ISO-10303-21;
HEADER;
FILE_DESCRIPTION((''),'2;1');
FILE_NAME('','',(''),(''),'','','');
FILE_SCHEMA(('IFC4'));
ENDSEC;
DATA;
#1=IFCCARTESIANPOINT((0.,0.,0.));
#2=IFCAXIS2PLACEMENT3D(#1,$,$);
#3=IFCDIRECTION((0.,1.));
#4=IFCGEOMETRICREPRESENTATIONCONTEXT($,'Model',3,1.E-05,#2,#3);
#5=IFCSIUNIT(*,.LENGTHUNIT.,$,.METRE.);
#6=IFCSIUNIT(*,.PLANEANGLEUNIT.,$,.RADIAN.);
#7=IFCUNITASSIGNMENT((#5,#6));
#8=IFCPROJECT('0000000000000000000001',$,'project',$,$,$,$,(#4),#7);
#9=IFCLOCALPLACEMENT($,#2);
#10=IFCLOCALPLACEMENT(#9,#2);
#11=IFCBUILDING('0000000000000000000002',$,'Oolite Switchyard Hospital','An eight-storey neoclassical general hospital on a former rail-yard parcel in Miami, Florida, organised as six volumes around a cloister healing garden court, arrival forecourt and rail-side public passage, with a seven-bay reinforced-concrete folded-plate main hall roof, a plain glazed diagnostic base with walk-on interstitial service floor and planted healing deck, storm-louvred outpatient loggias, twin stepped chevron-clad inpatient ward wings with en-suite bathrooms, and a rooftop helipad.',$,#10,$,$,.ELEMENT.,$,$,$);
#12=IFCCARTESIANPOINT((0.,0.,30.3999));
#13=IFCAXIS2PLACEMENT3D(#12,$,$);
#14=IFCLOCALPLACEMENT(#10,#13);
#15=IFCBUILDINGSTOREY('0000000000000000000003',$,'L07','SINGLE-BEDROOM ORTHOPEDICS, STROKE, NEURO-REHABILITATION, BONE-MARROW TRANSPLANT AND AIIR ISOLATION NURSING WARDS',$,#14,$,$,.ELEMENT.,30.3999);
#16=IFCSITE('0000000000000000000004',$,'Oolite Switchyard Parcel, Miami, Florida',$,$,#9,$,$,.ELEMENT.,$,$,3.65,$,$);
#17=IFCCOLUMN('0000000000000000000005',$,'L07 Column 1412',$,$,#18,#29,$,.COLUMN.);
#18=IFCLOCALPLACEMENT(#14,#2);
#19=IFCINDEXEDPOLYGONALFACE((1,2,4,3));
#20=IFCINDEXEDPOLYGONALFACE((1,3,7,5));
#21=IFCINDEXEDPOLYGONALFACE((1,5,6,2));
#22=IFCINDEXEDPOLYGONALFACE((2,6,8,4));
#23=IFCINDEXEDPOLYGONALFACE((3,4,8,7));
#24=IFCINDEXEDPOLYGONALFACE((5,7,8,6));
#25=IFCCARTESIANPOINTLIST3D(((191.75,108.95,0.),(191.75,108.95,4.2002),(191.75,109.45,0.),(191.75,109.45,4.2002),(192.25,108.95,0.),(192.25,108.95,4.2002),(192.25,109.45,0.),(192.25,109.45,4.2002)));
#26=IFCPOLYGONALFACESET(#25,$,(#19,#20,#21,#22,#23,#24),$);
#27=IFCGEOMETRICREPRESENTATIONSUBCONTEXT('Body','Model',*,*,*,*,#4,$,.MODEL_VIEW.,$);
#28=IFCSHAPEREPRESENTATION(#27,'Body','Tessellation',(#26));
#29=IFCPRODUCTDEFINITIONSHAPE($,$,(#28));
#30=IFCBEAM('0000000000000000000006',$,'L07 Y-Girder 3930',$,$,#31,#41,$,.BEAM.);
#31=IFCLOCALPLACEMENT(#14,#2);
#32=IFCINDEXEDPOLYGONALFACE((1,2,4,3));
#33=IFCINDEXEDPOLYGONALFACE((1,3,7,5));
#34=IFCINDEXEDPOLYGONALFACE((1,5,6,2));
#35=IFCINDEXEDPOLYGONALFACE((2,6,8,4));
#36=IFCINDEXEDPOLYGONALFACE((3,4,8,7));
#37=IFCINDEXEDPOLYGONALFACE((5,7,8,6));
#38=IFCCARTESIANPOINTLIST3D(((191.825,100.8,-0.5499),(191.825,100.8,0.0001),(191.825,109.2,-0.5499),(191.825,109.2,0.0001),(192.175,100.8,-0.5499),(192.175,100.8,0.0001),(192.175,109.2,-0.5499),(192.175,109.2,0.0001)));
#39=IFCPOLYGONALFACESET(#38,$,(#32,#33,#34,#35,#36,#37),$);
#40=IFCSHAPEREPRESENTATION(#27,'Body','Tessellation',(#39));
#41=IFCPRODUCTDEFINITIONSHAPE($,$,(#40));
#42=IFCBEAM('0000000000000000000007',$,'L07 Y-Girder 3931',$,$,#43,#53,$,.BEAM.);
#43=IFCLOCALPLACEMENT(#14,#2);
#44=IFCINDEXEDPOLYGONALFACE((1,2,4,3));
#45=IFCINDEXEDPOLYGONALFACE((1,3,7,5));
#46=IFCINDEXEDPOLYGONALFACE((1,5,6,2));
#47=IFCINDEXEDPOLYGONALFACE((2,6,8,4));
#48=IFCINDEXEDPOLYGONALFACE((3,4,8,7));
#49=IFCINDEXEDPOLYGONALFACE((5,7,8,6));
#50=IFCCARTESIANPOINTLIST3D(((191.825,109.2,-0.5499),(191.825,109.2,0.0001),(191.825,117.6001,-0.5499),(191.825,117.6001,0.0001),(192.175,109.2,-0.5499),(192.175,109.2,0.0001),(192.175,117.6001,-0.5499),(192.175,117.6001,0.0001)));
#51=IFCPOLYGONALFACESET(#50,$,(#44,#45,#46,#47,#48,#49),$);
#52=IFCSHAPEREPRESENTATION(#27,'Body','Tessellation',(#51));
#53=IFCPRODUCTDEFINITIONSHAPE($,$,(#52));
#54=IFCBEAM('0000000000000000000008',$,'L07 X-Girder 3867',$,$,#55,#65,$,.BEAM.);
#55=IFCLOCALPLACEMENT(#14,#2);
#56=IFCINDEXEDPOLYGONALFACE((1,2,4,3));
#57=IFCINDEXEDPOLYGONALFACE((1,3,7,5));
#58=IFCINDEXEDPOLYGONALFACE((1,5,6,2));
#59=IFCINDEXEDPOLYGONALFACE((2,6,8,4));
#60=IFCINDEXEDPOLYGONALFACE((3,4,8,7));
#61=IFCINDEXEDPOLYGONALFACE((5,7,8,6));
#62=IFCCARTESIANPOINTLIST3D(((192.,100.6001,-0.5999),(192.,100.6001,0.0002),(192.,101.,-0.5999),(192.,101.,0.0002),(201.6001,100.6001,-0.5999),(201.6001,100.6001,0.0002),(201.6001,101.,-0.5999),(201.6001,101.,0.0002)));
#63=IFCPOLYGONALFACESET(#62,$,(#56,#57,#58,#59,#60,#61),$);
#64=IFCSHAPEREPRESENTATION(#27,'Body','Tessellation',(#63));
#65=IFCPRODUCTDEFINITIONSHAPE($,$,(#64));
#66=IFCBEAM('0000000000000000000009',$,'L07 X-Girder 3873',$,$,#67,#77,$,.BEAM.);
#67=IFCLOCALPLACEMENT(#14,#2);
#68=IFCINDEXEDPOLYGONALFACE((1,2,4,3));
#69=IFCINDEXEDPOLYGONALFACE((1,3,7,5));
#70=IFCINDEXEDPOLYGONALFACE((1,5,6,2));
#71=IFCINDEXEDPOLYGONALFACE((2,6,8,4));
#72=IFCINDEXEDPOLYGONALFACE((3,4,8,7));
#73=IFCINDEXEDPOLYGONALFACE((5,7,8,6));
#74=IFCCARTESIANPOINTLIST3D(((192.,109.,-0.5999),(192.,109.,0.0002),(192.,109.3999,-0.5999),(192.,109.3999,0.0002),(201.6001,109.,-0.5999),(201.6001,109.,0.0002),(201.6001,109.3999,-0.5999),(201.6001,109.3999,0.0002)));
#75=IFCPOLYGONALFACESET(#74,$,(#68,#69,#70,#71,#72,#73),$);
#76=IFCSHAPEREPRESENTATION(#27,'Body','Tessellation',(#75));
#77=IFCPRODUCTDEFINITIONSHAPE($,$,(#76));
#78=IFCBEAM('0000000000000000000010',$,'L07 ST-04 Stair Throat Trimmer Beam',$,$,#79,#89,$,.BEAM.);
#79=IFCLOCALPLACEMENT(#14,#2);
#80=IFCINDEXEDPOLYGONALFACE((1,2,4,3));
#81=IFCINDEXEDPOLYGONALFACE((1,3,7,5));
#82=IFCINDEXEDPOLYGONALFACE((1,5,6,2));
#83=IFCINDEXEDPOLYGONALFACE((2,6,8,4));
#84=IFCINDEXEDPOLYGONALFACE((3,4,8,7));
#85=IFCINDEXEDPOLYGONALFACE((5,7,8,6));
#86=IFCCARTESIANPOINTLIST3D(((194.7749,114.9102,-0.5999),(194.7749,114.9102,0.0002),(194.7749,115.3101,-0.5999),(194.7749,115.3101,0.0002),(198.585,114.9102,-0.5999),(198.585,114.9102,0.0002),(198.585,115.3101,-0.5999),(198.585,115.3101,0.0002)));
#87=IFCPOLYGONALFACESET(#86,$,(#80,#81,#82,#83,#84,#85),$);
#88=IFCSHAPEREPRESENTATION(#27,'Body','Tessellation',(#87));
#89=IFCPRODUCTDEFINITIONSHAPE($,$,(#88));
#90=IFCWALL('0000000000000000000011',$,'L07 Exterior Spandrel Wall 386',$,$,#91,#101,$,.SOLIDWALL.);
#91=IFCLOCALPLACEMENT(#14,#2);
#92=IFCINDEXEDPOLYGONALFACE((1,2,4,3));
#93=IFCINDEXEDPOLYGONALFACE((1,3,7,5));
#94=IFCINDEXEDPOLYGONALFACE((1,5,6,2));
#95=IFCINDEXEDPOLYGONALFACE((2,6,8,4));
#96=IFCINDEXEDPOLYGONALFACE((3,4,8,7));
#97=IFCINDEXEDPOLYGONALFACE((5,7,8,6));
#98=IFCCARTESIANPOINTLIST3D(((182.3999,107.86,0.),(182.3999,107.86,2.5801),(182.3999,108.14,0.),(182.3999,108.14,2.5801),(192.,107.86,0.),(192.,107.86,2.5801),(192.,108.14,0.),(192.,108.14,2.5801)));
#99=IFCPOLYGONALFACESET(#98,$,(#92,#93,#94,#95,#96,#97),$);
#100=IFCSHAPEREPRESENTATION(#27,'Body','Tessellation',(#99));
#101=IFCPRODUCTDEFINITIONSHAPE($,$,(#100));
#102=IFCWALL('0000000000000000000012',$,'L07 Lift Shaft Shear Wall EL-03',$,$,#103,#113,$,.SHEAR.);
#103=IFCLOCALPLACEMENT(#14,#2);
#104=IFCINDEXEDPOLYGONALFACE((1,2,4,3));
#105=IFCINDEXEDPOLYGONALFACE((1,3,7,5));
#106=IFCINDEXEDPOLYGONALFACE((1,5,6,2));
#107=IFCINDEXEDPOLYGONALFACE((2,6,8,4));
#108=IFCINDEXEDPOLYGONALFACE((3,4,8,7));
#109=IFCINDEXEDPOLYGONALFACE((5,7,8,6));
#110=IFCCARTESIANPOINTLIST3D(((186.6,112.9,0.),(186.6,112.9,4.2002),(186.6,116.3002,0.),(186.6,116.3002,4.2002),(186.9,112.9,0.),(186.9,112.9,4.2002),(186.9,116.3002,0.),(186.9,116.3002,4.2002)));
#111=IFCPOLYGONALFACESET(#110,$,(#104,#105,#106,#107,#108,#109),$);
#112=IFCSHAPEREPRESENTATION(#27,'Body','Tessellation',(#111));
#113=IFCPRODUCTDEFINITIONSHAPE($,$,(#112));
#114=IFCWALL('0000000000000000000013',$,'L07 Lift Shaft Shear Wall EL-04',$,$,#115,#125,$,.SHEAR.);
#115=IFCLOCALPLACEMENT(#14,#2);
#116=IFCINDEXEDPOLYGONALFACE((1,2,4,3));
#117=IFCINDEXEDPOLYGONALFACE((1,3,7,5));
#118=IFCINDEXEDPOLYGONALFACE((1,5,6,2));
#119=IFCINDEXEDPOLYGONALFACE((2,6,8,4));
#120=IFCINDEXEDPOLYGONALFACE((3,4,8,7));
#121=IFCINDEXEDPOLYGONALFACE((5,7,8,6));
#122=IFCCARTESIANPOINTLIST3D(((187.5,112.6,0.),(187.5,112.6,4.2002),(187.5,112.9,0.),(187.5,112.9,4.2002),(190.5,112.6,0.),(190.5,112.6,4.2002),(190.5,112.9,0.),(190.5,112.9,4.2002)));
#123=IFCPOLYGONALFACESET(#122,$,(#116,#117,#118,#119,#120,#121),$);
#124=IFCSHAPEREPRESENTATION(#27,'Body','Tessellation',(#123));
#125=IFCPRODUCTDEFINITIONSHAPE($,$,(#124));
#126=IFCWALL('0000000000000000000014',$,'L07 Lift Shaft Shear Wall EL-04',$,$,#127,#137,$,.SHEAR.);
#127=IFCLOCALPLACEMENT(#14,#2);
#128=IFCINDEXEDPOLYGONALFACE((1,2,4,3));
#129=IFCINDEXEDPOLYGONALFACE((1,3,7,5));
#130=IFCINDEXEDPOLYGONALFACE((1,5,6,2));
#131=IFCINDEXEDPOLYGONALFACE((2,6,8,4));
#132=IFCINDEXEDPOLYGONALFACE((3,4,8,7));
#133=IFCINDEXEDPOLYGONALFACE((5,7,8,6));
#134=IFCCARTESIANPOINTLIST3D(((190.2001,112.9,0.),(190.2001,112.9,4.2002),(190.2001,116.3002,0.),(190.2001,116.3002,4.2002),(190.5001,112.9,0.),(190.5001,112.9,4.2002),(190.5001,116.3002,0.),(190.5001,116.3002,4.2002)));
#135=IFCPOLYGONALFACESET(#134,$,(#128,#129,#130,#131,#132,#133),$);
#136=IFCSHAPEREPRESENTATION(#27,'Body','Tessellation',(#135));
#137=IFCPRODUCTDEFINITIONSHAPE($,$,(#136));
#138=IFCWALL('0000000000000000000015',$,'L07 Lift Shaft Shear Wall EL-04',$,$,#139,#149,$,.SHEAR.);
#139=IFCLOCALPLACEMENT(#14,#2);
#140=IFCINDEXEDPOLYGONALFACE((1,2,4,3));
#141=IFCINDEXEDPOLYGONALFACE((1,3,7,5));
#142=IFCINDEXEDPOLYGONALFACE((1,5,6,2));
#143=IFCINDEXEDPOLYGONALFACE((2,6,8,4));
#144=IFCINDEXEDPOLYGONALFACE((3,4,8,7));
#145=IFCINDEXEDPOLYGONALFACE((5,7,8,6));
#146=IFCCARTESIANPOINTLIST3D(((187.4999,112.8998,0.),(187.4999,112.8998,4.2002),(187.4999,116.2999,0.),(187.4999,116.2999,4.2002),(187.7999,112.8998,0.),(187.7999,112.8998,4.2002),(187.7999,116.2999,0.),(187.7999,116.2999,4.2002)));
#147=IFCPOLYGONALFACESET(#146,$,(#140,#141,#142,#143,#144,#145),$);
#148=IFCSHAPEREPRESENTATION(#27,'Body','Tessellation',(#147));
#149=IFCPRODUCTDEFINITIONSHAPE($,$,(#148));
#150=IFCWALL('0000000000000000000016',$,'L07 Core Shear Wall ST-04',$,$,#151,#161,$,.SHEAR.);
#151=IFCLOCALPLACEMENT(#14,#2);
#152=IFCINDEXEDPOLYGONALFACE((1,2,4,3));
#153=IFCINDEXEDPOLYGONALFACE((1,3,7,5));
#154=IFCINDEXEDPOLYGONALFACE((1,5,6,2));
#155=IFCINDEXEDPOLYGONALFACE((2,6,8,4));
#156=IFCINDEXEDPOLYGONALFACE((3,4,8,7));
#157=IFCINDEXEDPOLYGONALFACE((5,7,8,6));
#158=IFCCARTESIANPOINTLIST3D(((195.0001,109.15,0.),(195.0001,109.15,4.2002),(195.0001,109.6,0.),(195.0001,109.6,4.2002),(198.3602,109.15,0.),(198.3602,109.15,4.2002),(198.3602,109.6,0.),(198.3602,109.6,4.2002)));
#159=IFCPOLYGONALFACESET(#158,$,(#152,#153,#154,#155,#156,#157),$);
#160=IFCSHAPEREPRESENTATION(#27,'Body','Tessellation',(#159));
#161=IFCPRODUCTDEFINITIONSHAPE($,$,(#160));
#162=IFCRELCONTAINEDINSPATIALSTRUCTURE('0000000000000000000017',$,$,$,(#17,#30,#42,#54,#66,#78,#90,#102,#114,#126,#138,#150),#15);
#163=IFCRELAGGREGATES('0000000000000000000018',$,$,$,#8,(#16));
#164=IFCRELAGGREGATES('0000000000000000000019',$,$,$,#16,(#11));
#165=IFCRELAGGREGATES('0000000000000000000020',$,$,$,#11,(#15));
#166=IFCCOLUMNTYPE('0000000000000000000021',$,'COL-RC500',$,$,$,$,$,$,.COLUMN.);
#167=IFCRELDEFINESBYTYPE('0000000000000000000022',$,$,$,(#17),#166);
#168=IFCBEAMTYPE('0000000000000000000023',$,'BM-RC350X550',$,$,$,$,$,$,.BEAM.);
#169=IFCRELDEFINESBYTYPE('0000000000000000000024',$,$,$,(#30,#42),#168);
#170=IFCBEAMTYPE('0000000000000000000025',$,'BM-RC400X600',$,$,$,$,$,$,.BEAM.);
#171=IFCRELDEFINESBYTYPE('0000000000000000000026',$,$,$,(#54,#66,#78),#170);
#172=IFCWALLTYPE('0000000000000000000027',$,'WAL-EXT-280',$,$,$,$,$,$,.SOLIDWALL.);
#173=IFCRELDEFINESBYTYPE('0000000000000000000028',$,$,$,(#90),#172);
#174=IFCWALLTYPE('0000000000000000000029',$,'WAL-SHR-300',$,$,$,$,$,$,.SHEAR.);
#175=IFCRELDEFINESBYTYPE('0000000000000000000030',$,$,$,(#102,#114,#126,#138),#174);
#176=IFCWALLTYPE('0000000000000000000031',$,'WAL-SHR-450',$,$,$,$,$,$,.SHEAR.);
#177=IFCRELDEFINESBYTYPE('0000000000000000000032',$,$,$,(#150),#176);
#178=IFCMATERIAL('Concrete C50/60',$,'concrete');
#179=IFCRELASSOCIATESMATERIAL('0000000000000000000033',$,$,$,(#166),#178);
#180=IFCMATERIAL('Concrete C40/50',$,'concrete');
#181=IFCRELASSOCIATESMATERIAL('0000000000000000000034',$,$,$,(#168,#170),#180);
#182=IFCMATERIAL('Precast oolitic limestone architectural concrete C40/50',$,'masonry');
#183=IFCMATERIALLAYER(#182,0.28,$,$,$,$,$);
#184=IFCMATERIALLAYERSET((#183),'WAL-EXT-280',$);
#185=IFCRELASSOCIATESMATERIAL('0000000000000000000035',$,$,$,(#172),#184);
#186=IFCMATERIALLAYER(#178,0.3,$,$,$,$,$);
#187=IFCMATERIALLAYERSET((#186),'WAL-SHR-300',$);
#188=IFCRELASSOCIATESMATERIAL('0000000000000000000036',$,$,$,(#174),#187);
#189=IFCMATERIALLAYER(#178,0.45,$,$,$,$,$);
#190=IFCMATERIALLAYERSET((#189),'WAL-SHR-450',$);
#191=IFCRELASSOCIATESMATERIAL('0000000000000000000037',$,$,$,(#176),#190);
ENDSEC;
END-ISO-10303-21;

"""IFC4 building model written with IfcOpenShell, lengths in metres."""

from ifc_helpers import new_model, si_unit, direction, frame, frame_2d, origin, origin_2d, place, context, subcontext, project, spatial, rectangle, extrude, material, layer, layer_set, material_profile, profile_set, type_object, element, save


model = new_model("IFC4")

# Units and contexts
model_context = context("Model", 3, precision=1e-05, world=origin(), true_north=direction((0.0, 1.0)))
body_context = subcontext(model_context, "Body", "Model", "MODEL_VIEW")
ifc_project = project(units=[si_unit("LENGTHUNIT", "METRE"), si_unit("PLANEANGLEUNIT", "RADIAN")], contexts=[model_context])

# Site, building, storey
site_placement = place(None, origin())
site = spatial("IfcSite", under=ifc_project, at=site_placement, Name="Oolite Switchyard Parcel, Miami, Florida", CompositionType="ELEMENT", RefElevation=3.65)
building_placement = place(site_placement, origin())
building = spatial("IfcBuilding", under=site, at=building_placement, Name="Oolite Switchyard Hospital", Description="An eight-storey neoclassical general hospital on a former rail-yard parcel in Miami, Florida, organised as six volumes around a cloister healing garden court, arrival forecourt and rail-side public passage, with a seven-bay reinforced-concrete folded-plate main hall roof, a plain glazed diagnostic base with walk-on interstitial service floor and planted healing deck, storm-louvred outpatient loggias, twin stepped chevron-clad inpatient ward wings with en-suite bathrooms, and a rooftop helipad.", CompositionType="ELEMENT")
storey_placement = place(building_placement, frame((0.0, 0.0, 30.3999)))
storey = spatial("IfcBuildingStorey", under=building, at=storey_placement, Name="L07", Description="SINGLE-BEDROOM ORTHOPEDICS, STROKE, NEURO-REHABILITATION, BONE-MARROW TRANSPLANT AND AIIR ISOLATION NURSING WARDS", CompositionType="ELEMENT", Elevation=30.3999)

# Column
ifc_material_1 = material(Name="Concrete C50/60", Category="concrete")
ifc_material_profile_1 = material_profile(ifc_material_1, rectangle(XDim=0.5, YDim=0.5, at=origin_2d()), Name="RC500X500")
ifc_profile_set_1 = profile_set([ifc_material_profile_1], Name="Concrete C50/60")
column_type = type_object("IfcColumnType", Name="COL-RC500", PredefinedType="COLUMN", material=ifc_profile_set_1)
column_placement = place(storey_placement, frame((192.0, 109.2, 0.0), z_axis=(0.0, 0.0, 1.0), x_axis=(1.0, 0.0, 0.0)))
element("IfcColumn", 1, at=column_placement, inside=storey, type_object=column_type, Name="L07 Column 1412", PredefinedType="COLUMN", context=body_context, shape_type="SweptSolid", body=[
    extrude(rectangle(XDim=0.5, YDim=0.5, at=origin_2d()), origin(), (0.0, 0.0, 1.0), 4.2002),
])

# Beams
ifc_material_2 = material(Name="Concrete C40/50", Category="concrete")
ifc_material_profile_2 = material_profile(ifc_material_2, rectangle(XDim=0.3501, YDim=0.55, at=origin_2d()), Name="RCB350X550")
ifc_profile_set_2 = profile_set([ifc_material_profile_2], Name="Concrete C40/50")
beam_type_1 = type_object("IfcBeamType", Name="BM-RC350X550", PredefinedType="BEAM", material=ifc_profile_set_2)
beam_1_placement = place(storey_placement, frame((192.0, 100.8, -0.2749), z_axis=(0.0, 1.0, 0.0), x_axis=(-1.0, 0.0, 0.0)))
element("IfcBeam", 2, at=beam_1_placement, inside=storey, type_object=beam_type_1, Name="L07 Y-Girder 3930", PredefinedType="BEAM", context=body_context, shape_type="SweptSolid", body=[
    extrude(rectangle(XDim=0.3501, YDim=0.55, at=origin_2d()), origin(), (0.0, 0.0, 1.0), 8.3999),
])
beam_2_placement = place(storey_placement, frame((192.0, 109.2, -0.2749), z_axis=(0.0, 1.0, 0.0), x_axis=(-1.0, 0.0, 0.0)))
element("IfcBeam", 3, at=beam_2_placement, inside=storey, type_object=beam_type_1, Name="L07 Y-Girder 3931", PredefinedType="BEAM", context=body_context, shape_type="SweptSolid", body=[
    extrude(rectangle(XDim=0.3501, YDim=0.55, at=origin_2d()), origin(), (0.0, 0.0, 1.0), 8.4001),
])
ifc_material_profile_3 = material_profile(ifc_material_2, rectangle(XDim=0.3999, YDim=0.6001, at=origin_2d()), Name="RCB400X600")
ifc_profile_set_3 = profile_set([ifc_material_profile_3], Name="Concrete C40/50")
beam_type_2 = type_object("IfcBeamType", Name="BM-RC400X600", PredefinedType="BEAM", material=ifc_profile_set_3)
for number, where, z_axis, x_axis, name in (
    (4, (192.0, 100.8, -0.2998), (1.0, 0.0, 0.0), (0.0, 1.0, 0.0), "L07 X-Girder 3867"),
    (5, (192.0, 109.2, -0.2998), (1.0, 0.0, 0.0), (0.0, 1.0, 0.0), "L07 X-Girder 3873"),
):
    element("IfcBeam", number, at=place(storey_placement, frame(where, z_axis=z_axis, x_axis=x_axis)), inside=storey, type_object=beam_type_2, Name=name, PredefinedType="BEAM", context=body_context, shape_type="SweptSolid", body=[
        extrude(rectangle(XDim=0.3999, YDim=0.6001, at=origin_2d()), origin(), (0.0, 0.0, 1.0), 9.6001),
    ])
beam_3_placement = place(storey_placement, frame((194.7749, 115.1101, -0.2998), z_axis=(1.0, 0.0, 0.0), x_axis=(0.0, 1.0, 0.0)))
element("IfcBeam", 6, at=beam_3_placement, inside=storey, type_object=beam_type_2, Name="L07 ST-04 Stair Throat Trimmer Beam", PredefinedType="BEAM", context=body_context, shape_type="SweptSolid", body=[
    extrude(rectangle(XDim=0.3999, YDim=0.6001, at=origin_2d()), origin(), (0.0, 0.0, 1.0), 3.8101),
])

# Walls
ifc_material_3 = material(Name="Precast oolitic limestone architectural concrete C40/50", Category="masonry")
ifc_layer_1 = layer(ifc_material_3, 0.28)
ifc_layer_set_1 = layer_set([ifc_layer_1], Name="WAL-EXT-280")
wall_type_1 = type_object("IfcWallType", Name="WAL-EXT-280", PredefinedType="SOLIDWALL", material=ifc_layer_set_1)
wall_1_placement = place(storey_placement, frame((192.0, 108.0, 0.0), z_axis=(0.0, 0.0, 1.0), x_axis=(-1.0, 0.0, 0.0)))
element("IfcWall", 7, at=wall_1_placement, inside=storey, type_object=wall_type_1, Name="L07 Exterior Spandrel Wall 386", PredefinedType="SOLIDWALL", context=body_context, shape_type="SweptSolid", body=[
    extrude(rectangle(XDim=9.6001, YDim=0.28, at=frame_2d((4.8, 0.0))), origin(), (0.0, 0.0, 1.0), 2.5801),
])
ifc_layer_2 = layer(ifc_material_1, 0.3)
ifc_layer_set_2 = layer_set([ifc_layer_2], Name="WAL-SHR-300")
wall_type_2 = type_object("IfcWallType", Name="WAL-SHR-300", PredefinedType="SHEAR", material=ifc_layer_set_2)
wall_2_placement = place(storey_placement, frame((186.75, 112.8999, 0.0), z_axis=(0.0, 0.0, 1.0), x_axis=(0.0, 1.0, 0.0)))
element("IfcWall", 8, at=wall_2_placement, inside=storey, type_object=wall_type_2, Name="L07 Lift Shaft Shear Wall EL-03", PredefinedType="SHEAR", context=body_context, shape_type="SweptSolid", body=[
    extrude(rectangle(XDim=3.4001, YDim=0.3, at=frame_2d((1.7002, 0.0))), origin(), (0.0, 0.0, 1.0), 4.2002),
])
wall_3_placement = place(storey_placement, frame((187.5, 112.75, 0.0), z_axis=(0.0, 0.0, 1.0), x_axis=(1.0, 0.0, 0.0)))
element("IfcWall", 9, at=wall_3_placement, inside=storey, type_object=wall_type_2, Name="L07 Lift Shaft Shear Wall EL-04", PredefinedType="SHEAR", context=body_context, shape_type="SweptSolid", body=[
    extrude(rectangle(XDim=3.0, YDim=0.3, at=frame_2d((1.5, 0.0))), origin(), (0.0, 0.0, 1.0), 4.2002),
])
for number, where, z_axis, x_axis, name in (
    (10, (190.3501, 112.8999, 0.0), (0.0, 0.0, 1.0), (0.0, 1.0, 0.0), "L07 Lift Shaft Shear Wall EL-04"),
    (11, (187.6499, 116.3, 0.0), (0.0, 0.0, 1.0), (0.0, -1.0, 0.0), "L07 Lift Shaft Shear Wall EL-04"),
):
    element("IfcWall", number, at=place(storey_placement, frame(where, z_axis=z_axis, x_axis=x_axis)), inside=storey, type_object=wall_type_2, Name=name, PredefinedType="SHEAR", context=body_context, shape_type="SweptSolid", body=[
        extrude(rectangle(XDim=3.4001, YDim=0.3, at=frame_2d((1.7002, 0.0))), origin(), (0.0, 0.0, 1.0), 4.2002),
    ])
ifc_layer_3 = layer(ifc_material_1, 0.45)
ifc_layer_set_3 = layer_set([ifc_layer_3], Name="WAL-SHR-450")
wall_type_3 = type_object("IfcWallType", Name="WAL-SHR-450", PredefinedType="SHEAR", material=ifc_layer_set_3)
wall_4_placement = place(storey_placement, frame((195.0, 109.375, 0.0), z_axis=(0.0, 0.0, 1.0), x_axis=(1.0, 0.0, 0.0)))
element("IfcWall", 12, at=wall_4_placement, inside=storey, type_object=wall_type_3, Name="L07 Core Shear Wall ST-04", PredefinedType="SHEAR", context=body_context, shape_type="SweptSolid", body=[
    extrude(rectangle(XDim=3.3601, YDim=0.45, at=frame_2d((1.6802, 0.0))), origin(), (0.0, 0.0, 1.0), 4.2002),
])

save(model, "model.ifc")
